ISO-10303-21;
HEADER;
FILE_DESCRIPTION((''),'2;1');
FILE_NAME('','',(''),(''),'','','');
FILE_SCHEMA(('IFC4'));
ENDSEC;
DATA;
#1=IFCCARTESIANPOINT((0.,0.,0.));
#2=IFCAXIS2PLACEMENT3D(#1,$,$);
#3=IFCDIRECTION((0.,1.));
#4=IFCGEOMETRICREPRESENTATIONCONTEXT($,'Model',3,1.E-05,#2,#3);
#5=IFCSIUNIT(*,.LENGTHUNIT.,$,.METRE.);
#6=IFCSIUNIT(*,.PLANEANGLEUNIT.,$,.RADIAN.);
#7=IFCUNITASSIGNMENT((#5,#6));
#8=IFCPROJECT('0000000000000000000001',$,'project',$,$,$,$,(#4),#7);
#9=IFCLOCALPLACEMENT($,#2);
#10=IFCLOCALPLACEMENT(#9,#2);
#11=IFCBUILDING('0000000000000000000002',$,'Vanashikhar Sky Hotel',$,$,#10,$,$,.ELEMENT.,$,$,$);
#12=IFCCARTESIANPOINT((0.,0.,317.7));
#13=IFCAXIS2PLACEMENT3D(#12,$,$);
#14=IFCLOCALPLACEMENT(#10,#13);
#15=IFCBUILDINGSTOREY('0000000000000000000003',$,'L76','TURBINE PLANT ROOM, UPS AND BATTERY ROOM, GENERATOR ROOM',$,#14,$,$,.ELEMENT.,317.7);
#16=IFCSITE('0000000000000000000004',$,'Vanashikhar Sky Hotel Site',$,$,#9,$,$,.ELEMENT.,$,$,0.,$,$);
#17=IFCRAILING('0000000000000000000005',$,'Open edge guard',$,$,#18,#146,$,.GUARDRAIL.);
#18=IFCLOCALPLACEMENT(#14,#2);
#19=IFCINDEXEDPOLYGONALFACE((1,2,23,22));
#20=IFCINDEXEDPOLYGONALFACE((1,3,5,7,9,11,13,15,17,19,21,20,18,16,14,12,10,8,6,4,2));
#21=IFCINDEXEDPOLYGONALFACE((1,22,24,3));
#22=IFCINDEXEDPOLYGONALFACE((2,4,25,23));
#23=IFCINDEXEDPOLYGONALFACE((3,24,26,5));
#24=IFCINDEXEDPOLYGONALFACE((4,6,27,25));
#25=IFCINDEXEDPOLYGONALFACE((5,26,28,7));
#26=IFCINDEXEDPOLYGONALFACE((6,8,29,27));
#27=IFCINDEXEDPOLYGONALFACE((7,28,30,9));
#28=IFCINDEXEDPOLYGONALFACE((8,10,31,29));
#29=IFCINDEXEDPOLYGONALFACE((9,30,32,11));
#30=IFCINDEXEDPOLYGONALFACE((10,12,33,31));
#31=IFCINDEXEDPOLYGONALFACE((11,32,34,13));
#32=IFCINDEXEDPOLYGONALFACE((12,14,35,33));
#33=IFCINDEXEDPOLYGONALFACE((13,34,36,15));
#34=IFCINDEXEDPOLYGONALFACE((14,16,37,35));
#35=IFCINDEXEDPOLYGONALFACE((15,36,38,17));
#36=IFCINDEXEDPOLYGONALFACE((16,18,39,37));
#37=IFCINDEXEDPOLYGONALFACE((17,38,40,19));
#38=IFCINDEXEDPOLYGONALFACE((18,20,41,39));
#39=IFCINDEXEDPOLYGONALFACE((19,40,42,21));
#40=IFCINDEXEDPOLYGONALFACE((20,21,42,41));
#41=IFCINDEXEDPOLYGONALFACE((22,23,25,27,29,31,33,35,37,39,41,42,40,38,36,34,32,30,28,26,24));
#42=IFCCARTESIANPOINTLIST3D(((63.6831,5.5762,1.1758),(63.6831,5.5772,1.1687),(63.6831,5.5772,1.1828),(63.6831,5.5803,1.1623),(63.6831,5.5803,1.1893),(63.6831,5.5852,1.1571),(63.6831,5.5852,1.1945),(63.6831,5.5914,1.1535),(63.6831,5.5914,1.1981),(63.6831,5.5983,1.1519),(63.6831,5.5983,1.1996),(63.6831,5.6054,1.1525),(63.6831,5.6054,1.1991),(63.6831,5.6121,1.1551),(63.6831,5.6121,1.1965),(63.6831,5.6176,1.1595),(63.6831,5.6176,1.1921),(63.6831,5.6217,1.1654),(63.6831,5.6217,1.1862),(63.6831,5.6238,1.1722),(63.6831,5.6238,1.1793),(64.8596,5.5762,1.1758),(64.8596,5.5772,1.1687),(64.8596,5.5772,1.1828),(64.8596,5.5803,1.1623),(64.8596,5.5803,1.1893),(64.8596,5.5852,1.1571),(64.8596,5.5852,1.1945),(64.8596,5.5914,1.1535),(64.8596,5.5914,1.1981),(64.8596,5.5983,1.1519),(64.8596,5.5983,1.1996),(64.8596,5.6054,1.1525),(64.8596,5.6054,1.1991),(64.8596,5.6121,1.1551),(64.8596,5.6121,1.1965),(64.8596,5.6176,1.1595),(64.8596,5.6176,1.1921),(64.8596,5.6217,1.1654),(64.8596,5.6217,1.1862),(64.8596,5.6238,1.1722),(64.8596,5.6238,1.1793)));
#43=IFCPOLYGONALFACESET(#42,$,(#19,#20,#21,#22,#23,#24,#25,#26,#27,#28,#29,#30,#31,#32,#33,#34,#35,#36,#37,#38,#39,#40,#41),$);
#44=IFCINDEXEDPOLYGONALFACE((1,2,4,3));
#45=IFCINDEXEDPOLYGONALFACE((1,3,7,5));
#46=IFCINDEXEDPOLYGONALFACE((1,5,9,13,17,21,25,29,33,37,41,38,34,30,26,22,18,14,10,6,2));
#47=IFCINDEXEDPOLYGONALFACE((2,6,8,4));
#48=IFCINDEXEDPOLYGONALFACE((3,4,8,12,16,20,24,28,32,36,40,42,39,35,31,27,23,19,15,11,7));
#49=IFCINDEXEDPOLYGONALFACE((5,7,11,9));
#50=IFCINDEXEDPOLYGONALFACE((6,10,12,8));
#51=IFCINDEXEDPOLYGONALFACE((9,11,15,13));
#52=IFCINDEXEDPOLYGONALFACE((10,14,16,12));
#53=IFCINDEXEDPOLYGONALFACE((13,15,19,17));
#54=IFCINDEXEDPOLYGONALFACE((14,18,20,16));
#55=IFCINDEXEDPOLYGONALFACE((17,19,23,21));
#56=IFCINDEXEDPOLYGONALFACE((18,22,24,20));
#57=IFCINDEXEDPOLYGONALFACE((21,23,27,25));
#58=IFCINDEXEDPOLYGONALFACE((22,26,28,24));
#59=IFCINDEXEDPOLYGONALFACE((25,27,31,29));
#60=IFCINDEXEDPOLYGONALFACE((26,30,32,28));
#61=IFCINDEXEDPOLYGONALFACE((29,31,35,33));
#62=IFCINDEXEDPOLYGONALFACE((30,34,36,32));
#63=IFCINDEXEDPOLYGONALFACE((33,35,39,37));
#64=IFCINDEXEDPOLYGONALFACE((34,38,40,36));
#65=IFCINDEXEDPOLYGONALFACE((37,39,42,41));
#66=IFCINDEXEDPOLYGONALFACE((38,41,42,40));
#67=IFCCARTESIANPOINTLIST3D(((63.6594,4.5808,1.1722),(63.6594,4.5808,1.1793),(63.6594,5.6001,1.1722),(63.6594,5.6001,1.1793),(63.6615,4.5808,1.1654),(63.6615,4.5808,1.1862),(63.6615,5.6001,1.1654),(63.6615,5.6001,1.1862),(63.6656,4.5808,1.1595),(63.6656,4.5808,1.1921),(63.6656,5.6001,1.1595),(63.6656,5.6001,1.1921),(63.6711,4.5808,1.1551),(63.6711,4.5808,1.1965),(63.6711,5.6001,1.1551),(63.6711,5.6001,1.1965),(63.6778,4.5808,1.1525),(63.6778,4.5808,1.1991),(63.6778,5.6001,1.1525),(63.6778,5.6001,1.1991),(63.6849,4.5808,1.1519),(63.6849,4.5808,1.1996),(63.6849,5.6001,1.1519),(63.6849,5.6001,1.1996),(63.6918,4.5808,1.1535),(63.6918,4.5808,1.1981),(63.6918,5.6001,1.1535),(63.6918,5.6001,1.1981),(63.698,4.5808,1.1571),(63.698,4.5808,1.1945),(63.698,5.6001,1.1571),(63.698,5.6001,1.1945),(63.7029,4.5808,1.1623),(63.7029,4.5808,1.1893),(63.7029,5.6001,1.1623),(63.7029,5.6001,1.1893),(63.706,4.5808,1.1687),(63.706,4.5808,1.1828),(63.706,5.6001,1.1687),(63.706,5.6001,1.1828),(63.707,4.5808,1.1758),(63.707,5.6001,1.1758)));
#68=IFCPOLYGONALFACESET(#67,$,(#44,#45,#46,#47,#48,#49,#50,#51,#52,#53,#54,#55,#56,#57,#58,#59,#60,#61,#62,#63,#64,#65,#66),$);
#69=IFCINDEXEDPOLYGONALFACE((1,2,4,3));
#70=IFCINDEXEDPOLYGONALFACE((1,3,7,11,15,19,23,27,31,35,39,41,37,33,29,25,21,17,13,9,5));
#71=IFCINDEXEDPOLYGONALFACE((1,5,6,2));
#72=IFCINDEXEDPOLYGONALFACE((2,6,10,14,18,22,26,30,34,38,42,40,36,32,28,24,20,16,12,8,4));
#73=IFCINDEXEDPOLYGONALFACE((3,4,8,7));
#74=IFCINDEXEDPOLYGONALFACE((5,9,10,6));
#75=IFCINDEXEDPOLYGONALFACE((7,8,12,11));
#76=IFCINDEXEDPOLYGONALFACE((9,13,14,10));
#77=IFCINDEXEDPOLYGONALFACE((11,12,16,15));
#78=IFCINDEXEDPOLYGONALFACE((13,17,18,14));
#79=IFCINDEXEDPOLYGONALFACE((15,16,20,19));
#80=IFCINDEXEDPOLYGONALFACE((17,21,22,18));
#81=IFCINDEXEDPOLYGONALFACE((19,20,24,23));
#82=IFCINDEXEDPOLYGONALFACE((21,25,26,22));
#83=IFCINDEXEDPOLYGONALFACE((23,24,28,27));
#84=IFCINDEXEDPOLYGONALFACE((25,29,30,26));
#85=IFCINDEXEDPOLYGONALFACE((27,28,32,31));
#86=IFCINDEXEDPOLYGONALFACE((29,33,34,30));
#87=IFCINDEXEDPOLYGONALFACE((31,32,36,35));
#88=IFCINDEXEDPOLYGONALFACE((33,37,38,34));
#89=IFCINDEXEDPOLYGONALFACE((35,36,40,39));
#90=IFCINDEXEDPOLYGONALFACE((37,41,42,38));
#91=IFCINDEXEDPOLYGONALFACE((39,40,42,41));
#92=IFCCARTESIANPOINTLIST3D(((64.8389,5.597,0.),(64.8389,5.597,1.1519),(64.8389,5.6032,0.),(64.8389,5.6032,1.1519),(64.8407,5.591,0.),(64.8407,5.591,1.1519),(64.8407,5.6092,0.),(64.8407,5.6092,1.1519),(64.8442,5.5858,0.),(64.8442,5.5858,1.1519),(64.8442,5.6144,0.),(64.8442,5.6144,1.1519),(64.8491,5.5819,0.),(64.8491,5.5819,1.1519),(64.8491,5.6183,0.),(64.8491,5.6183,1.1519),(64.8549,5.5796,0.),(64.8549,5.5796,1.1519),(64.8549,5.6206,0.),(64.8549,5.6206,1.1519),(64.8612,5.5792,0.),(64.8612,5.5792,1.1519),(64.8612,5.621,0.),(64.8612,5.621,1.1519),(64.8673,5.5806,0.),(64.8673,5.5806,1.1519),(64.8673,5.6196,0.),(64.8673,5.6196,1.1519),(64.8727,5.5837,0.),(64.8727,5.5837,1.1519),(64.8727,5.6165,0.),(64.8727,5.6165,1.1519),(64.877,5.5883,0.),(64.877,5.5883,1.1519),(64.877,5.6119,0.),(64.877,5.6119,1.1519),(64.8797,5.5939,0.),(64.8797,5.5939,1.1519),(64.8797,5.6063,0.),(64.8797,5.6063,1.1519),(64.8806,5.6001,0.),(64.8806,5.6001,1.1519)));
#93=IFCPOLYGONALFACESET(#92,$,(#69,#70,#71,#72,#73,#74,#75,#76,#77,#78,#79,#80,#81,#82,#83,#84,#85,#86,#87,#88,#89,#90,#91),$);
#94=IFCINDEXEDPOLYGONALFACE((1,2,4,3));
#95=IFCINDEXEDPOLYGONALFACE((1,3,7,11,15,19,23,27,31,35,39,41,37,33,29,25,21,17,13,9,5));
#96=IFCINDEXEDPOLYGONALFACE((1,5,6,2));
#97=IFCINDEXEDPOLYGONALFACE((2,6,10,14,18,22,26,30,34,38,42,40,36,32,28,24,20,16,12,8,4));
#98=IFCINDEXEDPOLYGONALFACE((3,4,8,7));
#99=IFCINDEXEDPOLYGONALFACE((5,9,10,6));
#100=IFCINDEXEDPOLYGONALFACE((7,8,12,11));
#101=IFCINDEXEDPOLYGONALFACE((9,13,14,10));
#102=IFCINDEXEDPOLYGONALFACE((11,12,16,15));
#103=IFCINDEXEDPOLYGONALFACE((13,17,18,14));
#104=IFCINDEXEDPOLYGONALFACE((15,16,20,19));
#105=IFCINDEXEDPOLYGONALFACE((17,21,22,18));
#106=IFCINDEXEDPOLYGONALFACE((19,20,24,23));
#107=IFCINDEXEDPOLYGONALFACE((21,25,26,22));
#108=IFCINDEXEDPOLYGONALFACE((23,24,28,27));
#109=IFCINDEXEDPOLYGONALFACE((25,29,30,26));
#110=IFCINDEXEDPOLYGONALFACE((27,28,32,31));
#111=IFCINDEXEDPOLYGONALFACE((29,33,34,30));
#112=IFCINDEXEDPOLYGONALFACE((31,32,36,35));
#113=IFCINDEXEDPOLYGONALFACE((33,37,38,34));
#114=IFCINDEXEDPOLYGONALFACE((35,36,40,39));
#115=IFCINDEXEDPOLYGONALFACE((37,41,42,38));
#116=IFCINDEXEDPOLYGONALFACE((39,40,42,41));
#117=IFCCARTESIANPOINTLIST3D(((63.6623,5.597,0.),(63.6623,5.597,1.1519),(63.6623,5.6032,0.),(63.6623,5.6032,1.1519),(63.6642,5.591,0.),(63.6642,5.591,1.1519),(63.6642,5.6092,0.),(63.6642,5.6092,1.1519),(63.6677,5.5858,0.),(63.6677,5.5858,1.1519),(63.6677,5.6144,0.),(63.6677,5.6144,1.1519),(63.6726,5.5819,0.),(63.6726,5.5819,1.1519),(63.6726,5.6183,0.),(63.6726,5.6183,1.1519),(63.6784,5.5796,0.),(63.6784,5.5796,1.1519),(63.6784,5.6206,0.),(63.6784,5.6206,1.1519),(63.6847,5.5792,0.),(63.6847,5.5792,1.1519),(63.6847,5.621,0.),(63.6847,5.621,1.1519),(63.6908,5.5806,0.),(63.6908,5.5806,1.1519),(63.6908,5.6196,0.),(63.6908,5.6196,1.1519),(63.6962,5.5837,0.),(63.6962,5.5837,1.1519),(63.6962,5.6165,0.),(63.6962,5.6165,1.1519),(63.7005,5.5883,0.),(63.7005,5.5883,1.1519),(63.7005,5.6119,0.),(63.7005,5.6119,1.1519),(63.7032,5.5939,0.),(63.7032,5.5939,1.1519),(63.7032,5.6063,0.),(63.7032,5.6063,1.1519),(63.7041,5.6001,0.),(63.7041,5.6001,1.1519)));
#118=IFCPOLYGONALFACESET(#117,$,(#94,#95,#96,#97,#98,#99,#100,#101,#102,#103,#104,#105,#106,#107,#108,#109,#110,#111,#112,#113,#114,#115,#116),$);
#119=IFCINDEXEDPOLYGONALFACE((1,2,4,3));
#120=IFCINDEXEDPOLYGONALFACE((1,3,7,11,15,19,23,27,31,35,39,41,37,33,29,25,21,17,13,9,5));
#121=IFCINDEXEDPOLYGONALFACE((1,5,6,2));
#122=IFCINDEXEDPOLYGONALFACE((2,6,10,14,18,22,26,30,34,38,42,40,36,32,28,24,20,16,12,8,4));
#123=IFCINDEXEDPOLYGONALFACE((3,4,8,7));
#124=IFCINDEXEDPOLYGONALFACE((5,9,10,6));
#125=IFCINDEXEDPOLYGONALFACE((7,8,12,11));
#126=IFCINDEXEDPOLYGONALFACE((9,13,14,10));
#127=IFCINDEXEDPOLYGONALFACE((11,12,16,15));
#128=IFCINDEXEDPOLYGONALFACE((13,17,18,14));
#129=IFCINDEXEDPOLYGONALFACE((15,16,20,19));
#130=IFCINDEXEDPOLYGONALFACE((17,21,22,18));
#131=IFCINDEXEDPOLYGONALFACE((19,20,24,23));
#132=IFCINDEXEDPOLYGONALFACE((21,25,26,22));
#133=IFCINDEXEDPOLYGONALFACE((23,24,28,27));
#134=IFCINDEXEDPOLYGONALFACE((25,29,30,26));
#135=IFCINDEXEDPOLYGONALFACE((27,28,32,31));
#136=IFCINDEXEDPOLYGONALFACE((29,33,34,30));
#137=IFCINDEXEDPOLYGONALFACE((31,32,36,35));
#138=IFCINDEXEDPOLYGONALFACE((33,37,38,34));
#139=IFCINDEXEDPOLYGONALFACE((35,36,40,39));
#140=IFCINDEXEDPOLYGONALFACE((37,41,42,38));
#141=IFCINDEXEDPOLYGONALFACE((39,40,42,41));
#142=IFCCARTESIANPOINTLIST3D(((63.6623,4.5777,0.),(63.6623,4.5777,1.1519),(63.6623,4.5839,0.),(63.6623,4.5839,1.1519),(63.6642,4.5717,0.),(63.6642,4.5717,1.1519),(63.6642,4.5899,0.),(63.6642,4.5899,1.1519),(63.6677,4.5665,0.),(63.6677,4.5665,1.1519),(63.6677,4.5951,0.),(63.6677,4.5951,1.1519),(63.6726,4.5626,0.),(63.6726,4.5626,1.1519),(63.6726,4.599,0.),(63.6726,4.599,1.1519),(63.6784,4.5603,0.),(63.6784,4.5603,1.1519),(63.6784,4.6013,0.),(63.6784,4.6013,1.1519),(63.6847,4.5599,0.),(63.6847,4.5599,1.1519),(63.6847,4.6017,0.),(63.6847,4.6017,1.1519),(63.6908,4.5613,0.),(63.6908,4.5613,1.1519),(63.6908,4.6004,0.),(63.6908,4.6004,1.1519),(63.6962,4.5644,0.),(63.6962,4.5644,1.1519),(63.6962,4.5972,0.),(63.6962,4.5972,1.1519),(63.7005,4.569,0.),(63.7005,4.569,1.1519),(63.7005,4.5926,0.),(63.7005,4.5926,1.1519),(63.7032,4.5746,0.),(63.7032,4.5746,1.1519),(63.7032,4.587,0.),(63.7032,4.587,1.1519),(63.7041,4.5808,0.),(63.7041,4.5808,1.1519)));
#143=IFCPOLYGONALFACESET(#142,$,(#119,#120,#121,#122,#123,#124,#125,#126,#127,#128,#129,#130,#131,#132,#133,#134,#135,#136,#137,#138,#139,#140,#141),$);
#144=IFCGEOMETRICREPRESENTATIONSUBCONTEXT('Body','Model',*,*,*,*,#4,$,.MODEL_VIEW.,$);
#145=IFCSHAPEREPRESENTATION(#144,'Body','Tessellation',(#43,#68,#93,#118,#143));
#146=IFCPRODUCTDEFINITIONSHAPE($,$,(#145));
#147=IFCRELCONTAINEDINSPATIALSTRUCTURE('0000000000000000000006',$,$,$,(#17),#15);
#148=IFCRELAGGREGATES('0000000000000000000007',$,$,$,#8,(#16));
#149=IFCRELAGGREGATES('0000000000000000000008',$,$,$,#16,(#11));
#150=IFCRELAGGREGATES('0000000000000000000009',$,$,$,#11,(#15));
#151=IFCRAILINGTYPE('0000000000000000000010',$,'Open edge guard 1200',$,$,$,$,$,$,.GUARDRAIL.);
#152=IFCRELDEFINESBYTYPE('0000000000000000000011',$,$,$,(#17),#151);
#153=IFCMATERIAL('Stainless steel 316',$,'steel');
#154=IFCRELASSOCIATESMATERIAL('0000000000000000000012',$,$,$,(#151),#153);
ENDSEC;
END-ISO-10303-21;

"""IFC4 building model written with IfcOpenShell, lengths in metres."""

from ifc_helpers import new_model, si_unit, direction, frame, origin, origin_2d, place, context, subcontext, project, spatial, circle, extrude, source, transform, mapped, material, type_object, element, save


model = new_model("IFC4")

# Units and contexts
model_context = context("Model", 3, precision=1e-05, world=origin(), true_north=direction((0.0, 1.0)))
body_context = subcontext(model_context, "Body", "Model", "MODEL_VIEW")
ifc_project = project(units=[si_unit("LENGTHUNIT", "METRE"), si_unit("PLANEANGLEUNIT", "RADIAN")], contexts=[model_context])

# Site, building, storey
site_placement = place(None, origin())
site = spatial("IfcSite", under=ifc_project, at=site_placement, Name="Vanashikhar Sky Hotel Site", CompositionType="ELEMENT", RefElevation=0.0)
building_placement = place(site_placement, origin())
building = spatial("IfcBuilding", under=site, at=building_placement, Name="Vanashikhar Sky Hotel", CompositionType="ELEMENT")
storey_placement = place(building_placement, frame((0.0, 0.0, 317.7)))
storey = spatial("IfcBuildingStorey", under=building, at=storey_placement, Name="L76", Description="TURBINE PLANT ROOM, UPS AND BATTERY ROOM, GENERATOR ROOM", CompositionType="ELEMENT", Elevation=317.7)

# Railing
ifc_material_1 = material(Name="Stainless steel 316", Category="steel")
railing_type = type_object("IfcRailingType", Name="Open edge guard 1200", PredefinedType="GUARDRAIL", material=ifc_material_1)
shared_shape_1 = source(origin(), body_context, "Body", "SweptSolid", [
    extrude(circle(Radius=0.0239, at=origin_2d()), frame((0.0, 0.0, 1.1758), z_axis=(-1.0, 0.0, 0.0), x_axis=(0.0, -1.0, 0.0)), (0.0, 0.0, 1.0), 1.1765),
    extrude(circle(Radius=0.0239, at=origin_2d()), frame((-1.1765, 0.0, 1.1758), z_axis=(0.0, -1.0, 0.0), x_axis=(1.0, 0.0, 0.0)), (0.0, 0.0, 1.0), 1.0193),
    extrude(circle(Radius=0.021, at=origin_2d()), origin(), (0.0, 0.0, 1.0), 1.1519),
    extrude(circle(Radius=0.021, at=origin_2d()), frame((-1.1765, 0.0, 0.0)), (0.0, 0.0, 1.0), 1.1519),
    extrude(circle(Radius=0.021, at=origin_2d()), frame((-1.1765, -1.0193, 0.0)), (0.0, 0.0, 1.0), 1.1519),
])
railing_1_placement = place(storey_placement, frame((64.8596, 5.6001, 0.0)))
element("IfcRailing", 1, at=railing_1_placement, inside=storey, type_object=railing_type, Name="Open edge guard", PredefinedType="GUARDRAIL", context=body_context, shape_type="MappedRepresentation", body=[
    mapped(shared_shape_1, transform((0.0, 0.0, 0.0), scale=1.0)),
])

save(model, "model.ifc")
